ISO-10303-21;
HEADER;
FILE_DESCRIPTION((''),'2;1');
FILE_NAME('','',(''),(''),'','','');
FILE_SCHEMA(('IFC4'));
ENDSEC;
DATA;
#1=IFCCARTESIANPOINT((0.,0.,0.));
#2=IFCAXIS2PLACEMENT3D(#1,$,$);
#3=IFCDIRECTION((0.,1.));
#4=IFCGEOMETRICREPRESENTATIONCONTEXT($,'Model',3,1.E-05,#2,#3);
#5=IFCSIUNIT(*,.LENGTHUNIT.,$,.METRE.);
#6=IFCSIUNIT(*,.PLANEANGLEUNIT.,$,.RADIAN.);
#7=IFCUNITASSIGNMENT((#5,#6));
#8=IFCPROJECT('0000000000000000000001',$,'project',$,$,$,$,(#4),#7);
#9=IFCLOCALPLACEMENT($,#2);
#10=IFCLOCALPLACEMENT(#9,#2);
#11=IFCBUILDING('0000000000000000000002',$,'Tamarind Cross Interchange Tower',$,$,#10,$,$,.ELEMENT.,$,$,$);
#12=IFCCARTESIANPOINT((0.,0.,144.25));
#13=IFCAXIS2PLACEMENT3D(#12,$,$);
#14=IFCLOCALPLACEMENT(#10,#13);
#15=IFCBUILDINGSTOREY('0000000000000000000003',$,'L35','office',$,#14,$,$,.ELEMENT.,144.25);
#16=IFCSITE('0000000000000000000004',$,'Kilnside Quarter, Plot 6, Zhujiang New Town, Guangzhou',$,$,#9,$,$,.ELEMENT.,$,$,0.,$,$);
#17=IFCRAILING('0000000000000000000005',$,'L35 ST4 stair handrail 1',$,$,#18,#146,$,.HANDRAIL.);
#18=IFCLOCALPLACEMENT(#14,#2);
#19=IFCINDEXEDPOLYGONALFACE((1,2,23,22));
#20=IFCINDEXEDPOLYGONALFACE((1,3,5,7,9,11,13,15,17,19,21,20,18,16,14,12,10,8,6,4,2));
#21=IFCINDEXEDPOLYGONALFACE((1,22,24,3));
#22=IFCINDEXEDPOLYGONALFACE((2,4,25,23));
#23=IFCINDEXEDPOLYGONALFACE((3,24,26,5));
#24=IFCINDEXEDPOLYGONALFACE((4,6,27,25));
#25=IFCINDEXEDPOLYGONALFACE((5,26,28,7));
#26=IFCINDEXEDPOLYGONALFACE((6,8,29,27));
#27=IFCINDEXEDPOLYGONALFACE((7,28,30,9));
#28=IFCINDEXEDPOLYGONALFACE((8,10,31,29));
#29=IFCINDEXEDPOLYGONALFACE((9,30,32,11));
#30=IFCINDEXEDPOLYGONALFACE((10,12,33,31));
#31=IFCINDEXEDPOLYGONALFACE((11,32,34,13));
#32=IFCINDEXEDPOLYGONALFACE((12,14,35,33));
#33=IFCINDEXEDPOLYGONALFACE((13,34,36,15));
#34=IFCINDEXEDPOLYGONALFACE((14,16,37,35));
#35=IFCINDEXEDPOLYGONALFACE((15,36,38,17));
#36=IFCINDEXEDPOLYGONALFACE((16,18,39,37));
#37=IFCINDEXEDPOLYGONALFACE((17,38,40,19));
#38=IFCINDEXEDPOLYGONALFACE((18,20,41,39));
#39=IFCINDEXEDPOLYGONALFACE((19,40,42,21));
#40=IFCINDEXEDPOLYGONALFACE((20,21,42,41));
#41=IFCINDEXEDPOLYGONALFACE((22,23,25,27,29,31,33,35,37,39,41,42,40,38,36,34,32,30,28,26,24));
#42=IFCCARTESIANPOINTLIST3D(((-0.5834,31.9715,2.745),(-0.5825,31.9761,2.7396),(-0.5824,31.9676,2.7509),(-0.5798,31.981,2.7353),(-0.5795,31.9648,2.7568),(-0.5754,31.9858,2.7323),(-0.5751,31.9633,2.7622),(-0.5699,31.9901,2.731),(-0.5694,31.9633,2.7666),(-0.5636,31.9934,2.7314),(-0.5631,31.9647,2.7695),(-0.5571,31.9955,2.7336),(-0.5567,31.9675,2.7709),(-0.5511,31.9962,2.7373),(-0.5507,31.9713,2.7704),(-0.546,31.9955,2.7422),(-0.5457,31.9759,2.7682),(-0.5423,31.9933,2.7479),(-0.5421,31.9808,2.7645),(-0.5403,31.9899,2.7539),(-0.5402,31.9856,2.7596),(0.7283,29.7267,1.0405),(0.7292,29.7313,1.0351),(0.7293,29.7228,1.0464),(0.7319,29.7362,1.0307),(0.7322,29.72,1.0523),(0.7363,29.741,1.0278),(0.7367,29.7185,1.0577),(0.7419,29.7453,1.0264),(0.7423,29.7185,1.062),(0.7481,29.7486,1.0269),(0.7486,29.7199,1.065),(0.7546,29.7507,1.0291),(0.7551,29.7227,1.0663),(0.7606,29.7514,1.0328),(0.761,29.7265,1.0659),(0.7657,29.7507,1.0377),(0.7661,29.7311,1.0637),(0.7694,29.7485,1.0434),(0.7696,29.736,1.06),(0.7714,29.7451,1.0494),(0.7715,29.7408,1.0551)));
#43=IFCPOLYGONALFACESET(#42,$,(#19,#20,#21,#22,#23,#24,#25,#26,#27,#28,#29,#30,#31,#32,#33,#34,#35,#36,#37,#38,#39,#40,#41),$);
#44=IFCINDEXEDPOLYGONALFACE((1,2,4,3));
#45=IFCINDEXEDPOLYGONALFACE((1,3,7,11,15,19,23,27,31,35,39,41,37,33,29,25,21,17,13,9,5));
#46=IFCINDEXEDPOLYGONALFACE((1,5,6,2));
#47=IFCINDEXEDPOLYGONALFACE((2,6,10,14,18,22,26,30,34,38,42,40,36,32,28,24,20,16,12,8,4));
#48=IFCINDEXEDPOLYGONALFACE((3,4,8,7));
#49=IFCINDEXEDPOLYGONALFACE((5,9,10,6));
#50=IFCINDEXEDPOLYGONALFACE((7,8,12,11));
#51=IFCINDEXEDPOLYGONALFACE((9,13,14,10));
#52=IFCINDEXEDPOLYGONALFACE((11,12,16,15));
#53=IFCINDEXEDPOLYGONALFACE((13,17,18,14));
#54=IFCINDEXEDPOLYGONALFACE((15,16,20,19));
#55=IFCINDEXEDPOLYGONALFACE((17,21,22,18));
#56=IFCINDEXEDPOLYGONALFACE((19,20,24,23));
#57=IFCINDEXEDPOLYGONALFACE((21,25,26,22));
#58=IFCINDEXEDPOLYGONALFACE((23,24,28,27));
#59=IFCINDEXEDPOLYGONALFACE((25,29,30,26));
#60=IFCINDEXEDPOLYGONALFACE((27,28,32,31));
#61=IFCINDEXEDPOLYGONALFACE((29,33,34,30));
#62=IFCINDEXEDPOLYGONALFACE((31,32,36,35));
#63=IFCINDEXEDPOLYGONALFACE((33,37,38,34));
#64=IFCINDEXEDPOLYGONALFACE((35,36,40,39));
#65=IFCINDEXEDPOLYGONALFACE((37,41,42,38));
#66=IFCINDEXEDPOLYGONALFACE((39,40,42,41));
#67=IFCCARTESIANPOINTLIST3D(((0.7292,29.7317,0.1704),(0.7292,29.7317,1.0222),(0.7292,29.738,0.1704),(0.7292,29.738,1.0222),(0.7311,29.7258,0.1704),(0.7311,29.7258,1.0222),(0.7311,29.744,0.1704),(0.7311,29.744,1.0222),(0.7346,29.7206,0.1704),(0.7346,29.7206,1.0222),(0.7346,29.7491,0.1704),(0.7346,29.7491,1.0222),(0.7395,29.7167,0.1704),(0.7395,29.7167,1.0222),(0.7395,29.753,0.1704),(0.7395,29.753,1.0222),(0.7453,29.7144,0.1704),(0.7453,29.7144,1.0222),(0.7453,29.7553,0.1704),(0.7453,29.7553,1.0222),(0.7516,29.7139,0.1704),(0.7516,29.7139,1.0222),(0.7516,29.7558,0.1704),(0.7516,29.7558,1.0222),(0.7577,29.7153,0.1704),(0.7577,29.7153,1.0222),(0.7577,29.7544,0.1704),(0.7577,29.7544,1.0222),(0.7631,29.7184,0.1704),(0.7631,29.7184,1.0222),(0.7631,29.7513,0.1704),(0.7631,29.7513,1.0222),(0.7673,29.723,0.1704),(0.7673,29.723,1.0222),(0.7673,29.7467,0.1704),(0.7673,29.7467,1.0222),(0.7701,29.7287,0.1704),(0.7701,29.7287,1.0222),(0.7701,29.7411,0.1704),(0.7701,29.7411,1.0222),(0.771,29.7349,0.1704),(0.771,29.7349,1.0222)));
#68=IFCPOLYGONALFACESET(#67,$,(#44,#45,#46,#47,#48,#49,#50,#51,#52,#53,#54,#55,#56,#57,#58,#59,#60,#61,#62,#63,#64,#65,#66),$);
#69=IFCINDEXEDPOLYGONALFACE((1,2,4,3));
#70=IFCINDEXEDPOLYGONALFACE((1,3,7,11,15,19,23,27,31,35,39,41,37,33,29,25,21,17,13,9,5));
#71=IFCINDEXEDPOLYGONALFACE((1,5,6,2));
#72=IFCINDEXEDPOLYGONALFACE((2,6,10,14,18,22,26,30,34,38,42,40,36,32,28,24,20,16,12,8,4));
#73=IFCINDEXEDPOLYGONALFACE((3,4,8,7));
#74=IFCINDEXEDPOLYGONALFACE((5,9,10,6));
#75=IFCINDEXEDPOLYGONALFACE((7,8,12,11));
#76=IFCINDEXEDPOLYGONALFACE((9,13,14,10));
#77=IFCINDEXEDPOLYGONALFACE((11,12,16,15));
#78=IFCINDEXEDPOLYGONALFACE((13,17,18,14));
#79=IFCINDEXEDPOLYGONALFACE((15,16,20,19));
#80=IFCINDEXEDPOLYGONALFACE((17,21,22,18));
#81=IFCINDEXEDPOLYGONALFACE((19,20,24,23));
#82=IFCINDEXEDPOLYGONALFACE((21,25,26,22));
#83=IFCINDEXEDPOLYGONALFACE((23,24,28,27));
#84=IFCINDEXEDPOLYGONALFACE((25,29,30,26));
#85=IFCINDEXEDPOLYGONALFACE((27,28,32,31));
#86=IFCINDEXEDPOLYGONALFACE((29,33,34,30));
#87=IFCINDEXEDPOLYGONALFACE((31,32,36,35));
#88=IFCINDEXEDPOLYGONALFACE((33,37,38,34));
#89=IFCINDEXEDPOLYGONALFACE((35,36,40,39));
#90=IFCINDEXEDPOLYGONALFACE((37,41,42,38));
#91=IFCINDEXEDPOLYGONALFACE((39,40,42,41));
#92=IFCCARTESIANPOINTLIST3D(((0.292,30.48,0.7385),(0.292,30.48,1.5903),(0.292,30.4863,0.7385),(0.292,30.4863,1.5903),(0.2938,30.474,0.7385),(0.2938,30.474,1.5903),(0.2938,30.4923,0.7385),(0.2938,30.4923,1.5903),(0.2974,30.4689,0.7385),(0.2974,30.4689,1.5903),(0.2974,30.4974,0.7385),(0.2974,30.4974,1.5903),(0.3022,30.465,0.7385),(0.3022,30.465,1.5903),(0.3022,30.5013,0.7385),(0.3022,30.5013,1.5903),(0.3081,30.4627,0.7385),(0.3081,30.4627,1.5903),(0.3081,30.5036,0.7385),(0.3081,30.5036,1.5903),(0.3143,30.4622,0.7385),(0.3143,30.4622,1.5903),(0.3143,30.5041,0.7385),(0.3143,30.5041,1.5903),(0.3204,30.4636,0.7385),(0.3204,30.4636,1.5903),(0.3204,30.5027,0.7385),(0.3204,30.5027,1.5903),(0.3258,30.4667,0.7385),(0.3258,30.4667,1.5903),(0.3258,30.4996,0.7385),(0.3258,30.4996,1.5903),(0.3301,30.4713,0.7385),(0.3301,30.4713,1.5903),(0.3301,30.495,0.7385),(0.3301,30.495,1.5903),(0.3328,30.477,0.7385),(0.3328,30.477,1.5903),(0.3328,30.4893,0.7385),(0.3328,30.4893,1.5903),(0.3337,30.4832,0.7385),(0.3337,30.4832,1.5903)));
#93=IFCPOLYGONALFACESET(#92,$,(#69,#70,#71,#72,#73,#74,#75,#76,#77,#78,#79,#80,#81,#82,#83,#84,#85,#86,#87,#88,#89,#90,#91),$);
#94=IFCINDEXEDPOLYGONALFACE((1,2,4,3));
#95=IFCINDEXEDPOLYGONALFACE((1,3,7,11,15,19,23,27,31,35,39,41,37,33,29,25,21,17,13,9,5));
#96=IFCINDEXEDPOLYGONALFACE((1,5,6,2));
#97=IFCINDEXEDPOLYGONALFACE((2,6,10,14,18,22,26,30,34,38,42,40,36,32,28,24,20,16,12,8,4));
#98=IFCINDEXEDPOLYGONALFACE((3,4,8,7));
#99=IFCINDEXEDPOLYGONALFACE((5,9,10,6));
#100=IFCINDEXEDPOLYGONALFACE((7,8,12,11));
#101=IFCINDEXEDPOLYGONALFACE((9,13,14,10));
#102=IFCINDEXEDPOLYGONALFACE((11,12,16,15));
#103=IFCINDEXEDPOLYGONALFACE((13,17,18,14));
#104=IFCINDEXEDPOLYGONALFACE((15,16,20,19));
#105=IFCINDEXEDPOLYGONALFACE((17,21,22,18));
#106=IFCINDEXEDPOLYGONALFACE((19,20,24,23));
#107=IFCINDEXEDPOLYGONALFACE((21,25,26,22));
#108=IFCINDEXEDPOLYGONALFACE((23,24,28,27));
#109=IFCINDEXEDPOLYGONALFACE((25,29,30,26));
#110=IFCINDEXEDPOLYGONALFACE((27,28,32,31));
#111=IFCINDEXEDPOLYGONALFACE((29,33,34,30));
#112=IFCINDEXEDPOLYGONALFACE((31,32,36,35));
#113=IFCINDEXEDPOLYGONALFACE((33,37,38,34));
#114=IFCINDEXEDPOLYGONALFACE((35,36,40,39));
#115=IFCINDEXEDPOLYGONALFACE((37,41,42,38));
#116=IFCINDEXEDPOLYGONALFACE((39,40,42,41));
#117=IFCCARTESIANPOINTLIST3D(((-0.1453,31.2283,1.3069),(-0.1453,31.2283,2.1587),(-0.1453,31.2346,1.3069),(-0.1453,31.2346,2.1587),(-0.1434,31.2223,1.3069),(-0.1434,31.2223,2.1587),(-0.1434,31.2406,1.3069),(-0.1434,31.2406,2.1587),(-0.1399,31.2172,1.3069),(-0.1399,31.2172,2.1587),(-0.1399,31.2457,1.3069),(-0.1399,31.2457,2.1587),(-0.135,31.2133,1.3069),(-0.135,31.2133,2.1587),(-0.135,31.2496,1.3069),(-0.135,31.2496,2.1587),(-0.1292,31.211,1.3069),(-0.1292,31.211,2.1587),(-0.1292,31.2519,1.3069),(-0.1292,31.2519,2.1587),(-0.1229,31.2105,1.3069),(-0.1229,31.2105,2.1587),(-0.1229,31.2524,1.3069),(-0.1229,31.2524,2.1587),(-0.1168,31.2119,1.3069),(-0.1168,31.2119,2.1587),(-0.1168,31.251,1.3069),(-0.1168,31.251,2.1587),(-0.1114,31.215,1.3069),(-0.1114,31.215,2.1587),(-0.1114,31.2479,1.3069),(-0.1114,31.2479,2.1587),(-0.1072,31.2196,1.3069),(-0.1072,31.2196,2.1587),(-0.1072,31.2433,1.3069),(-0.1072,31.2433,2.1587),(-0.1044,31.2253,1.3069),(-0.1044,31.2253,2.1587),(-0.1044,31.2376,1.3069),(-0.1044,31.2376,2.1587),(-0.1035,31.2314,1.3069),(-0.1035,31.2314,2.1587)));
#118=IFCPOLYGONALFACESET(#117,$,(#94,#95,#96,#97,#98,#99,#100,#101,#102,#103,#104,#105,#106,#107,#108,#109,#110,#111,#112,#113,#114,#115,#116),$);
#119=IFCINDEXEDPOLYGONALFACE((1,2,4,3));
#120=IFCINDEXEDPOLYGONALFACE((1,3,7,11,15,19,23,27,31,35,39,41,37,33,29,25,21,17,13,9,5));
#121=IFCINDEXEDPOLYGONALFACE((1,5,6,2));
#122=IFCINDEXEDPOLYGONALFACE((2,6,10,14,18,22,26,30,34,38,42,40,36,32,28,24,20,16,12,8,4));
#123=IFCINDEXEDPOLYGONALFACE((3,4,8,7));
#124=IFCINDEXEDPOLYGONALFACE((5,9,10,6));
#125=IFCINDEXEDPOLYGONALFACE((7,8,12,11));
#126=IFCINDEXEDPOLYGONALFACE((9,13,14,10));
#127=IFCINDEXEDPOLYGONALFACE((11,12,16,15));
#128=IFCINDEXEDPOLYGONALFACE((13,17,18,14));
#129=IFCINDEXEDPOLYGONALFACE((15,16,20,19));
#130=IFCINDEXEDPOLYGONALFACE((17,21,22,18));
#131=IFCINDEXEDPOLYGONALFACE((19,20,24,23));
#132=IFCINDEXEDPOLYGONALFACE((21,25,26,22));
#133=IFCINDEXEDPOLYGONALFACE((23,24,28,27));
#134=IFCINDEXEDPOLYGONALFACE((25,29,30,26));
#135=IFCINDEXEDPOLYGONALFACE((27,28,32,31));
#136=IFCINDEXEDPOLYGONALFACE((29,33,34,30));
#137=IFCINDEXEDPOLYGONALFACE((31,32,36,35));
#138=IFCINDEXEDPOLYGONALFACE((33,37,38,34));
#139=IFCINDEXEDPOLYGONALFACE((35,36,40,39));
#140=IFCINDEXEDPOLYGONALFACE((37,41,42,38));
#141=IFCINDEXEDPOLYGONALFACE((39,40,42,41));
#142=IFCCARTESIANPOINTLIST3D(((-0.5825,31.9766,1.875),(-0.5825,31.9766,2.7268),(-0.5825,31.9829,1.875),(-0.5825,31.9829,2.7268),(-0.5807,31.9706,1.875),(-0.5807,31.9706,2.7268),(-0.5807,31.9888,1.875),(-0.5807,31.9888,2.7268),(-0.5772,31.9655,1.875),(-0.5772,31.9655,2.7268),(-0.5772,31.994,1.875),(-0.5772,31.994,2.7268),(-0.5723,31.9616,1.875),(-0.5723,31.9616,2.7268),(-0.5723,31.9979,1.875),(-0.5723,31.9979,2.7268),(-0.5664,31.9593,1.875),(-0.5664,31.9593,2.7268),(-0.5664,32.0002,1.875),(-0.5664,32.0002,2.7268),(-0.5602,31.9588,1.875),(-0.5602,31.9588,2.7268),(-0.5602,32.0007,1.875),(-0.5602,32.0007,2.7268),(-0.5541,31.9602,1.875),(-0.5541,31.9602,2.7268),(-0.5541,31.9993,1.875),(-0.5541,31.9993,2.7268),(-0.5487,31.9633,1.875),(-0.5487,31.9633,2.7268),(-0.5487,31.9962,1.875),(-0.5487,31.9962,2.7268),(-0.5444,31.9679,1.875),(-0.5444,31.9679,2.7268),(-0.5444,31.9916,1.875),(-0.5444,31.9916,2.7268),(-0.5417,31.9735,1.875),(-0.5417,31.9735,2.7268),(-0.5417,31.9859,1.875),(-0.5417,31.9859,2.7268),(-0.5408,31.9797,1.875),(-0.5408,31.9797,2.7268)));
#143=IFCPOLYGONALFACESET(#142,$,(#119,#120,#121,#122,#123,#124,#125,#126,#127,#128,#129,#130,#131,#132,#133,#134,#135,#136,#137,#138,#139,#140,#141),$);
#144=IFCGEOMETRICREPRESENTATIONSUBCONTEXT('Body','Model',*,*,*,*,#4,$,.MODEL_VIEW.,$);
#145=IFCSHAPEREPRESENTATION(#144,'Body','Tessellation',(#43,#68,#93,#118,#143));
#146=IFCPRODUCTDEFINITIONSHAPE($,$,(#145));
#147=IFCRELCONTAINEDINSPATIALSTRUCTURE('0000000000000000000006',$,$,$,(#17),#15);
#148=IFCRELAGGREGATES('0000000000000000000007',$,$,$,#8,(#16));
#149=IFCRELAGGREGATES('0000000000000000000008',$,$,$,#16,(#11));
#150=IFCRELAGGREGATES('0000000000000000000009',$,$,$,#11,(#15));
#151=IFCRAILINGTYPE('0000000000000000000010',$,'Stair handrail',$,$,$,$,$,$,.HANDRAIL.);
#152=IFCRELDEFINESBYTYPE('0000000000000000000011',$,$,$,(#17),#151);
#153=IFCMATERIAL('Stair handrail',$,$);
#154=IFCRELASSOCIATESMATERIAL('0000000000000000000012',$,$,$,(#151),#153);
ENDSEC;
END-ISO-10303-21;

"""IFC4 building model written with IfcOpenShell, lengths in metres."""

from ifc_helpers import new_model, si_unit, direction, frame, origin, origin_2d, place, context, subcontext, project, spatial, circle, extrude, material, type_object, element, save


model = new_model("IFC4")

# Units and contexts
model_context = context("Model", 3, precision=1e-05, world=origin(), true_north=direction((0.0, 1.0)))
body_context = subcontext(model_context, "Body", "Model", "MODEL_VIEW")
ifc_project = project(units=[si_unit("LENGTHUNIT", "METRE"), si_unit("PLANEANGLEUNIT", "RADIAN")], contexts=[model_context])

# Site, building, storey
site_placement = place(None, origin())
site = spatial("IfcSite", under=ifc_project, at=site_placement, Name="Kilnside Quarter, Plot 6, Zhujiang New Town, Guangzhou", CompositionType="ELEMENT", RefElevation=0.0)
building_placement = place(site_placement, origin())
building = spatial("IfcBuilding", under=site, at=building_placement, Name="Tamarind Cross Interchange Tower", CompositionType="ELEMENT")
storey_placement = place(building_placement, frame((0.0, 0.0, 144.25)))
storey = spatial("IfcBuildingStorey", under=building, at=storey_placement, Name="L35", Description="office", CompositionType="ELEMENT", Elevation=144.25)

# Railing
ifc_material_1 = material(Name="Stair handrail")
railing_type = type_object("IfcRailingType", Name="Stair handrail", PredefinedType="HANDRAIL", material=ifc_material_1)
railing_placement = place(storey_placement, frame((0.75, 29.7349, 0.1704)))
element("IfcRailing", 1, at=railing_placement, inside=storey, type_object=railing_type, Name="L35 ST4 stair handrail 1", PredefinedType="HANDRAIL", context=body_context, shape_type="SweptSolid", body=[
    extrude(circle(Radius=0.0239, at=origin_2d()), frame((0.0, 0.0, 0.876), z_axis=(-0.421927, 0.722059, 0.548278), x_axis=(-0.863401, -0.504519, 0.0)), (0.0, 0.0, 1.0), 3.1089),
    extrude(circle(Radius=0.021, at=origin_2d()), origin(), (0.0, 0.0, 1.0), 0.8518),
    extrude(circle(Radius=0.021, at=origin_2d()), frame((-0.4373, 0.7483, 0.5681)), (0.0, 0.0, 1.0), 0.8518),
    extrude(circle(Radius=0.021, at=origin_2d()), frame((-0.8745, 1.4966, 1.1365)), (0.0, 0.0, 1.0), 0.8518),
    extrude(circle(Radius=0.021, at=origin_2d()), frame((-1.3118, 2.2449, 1.7046)), (0.0, 0.0, 1.0), 0.8518),
])

save(model, "model.ifc")
